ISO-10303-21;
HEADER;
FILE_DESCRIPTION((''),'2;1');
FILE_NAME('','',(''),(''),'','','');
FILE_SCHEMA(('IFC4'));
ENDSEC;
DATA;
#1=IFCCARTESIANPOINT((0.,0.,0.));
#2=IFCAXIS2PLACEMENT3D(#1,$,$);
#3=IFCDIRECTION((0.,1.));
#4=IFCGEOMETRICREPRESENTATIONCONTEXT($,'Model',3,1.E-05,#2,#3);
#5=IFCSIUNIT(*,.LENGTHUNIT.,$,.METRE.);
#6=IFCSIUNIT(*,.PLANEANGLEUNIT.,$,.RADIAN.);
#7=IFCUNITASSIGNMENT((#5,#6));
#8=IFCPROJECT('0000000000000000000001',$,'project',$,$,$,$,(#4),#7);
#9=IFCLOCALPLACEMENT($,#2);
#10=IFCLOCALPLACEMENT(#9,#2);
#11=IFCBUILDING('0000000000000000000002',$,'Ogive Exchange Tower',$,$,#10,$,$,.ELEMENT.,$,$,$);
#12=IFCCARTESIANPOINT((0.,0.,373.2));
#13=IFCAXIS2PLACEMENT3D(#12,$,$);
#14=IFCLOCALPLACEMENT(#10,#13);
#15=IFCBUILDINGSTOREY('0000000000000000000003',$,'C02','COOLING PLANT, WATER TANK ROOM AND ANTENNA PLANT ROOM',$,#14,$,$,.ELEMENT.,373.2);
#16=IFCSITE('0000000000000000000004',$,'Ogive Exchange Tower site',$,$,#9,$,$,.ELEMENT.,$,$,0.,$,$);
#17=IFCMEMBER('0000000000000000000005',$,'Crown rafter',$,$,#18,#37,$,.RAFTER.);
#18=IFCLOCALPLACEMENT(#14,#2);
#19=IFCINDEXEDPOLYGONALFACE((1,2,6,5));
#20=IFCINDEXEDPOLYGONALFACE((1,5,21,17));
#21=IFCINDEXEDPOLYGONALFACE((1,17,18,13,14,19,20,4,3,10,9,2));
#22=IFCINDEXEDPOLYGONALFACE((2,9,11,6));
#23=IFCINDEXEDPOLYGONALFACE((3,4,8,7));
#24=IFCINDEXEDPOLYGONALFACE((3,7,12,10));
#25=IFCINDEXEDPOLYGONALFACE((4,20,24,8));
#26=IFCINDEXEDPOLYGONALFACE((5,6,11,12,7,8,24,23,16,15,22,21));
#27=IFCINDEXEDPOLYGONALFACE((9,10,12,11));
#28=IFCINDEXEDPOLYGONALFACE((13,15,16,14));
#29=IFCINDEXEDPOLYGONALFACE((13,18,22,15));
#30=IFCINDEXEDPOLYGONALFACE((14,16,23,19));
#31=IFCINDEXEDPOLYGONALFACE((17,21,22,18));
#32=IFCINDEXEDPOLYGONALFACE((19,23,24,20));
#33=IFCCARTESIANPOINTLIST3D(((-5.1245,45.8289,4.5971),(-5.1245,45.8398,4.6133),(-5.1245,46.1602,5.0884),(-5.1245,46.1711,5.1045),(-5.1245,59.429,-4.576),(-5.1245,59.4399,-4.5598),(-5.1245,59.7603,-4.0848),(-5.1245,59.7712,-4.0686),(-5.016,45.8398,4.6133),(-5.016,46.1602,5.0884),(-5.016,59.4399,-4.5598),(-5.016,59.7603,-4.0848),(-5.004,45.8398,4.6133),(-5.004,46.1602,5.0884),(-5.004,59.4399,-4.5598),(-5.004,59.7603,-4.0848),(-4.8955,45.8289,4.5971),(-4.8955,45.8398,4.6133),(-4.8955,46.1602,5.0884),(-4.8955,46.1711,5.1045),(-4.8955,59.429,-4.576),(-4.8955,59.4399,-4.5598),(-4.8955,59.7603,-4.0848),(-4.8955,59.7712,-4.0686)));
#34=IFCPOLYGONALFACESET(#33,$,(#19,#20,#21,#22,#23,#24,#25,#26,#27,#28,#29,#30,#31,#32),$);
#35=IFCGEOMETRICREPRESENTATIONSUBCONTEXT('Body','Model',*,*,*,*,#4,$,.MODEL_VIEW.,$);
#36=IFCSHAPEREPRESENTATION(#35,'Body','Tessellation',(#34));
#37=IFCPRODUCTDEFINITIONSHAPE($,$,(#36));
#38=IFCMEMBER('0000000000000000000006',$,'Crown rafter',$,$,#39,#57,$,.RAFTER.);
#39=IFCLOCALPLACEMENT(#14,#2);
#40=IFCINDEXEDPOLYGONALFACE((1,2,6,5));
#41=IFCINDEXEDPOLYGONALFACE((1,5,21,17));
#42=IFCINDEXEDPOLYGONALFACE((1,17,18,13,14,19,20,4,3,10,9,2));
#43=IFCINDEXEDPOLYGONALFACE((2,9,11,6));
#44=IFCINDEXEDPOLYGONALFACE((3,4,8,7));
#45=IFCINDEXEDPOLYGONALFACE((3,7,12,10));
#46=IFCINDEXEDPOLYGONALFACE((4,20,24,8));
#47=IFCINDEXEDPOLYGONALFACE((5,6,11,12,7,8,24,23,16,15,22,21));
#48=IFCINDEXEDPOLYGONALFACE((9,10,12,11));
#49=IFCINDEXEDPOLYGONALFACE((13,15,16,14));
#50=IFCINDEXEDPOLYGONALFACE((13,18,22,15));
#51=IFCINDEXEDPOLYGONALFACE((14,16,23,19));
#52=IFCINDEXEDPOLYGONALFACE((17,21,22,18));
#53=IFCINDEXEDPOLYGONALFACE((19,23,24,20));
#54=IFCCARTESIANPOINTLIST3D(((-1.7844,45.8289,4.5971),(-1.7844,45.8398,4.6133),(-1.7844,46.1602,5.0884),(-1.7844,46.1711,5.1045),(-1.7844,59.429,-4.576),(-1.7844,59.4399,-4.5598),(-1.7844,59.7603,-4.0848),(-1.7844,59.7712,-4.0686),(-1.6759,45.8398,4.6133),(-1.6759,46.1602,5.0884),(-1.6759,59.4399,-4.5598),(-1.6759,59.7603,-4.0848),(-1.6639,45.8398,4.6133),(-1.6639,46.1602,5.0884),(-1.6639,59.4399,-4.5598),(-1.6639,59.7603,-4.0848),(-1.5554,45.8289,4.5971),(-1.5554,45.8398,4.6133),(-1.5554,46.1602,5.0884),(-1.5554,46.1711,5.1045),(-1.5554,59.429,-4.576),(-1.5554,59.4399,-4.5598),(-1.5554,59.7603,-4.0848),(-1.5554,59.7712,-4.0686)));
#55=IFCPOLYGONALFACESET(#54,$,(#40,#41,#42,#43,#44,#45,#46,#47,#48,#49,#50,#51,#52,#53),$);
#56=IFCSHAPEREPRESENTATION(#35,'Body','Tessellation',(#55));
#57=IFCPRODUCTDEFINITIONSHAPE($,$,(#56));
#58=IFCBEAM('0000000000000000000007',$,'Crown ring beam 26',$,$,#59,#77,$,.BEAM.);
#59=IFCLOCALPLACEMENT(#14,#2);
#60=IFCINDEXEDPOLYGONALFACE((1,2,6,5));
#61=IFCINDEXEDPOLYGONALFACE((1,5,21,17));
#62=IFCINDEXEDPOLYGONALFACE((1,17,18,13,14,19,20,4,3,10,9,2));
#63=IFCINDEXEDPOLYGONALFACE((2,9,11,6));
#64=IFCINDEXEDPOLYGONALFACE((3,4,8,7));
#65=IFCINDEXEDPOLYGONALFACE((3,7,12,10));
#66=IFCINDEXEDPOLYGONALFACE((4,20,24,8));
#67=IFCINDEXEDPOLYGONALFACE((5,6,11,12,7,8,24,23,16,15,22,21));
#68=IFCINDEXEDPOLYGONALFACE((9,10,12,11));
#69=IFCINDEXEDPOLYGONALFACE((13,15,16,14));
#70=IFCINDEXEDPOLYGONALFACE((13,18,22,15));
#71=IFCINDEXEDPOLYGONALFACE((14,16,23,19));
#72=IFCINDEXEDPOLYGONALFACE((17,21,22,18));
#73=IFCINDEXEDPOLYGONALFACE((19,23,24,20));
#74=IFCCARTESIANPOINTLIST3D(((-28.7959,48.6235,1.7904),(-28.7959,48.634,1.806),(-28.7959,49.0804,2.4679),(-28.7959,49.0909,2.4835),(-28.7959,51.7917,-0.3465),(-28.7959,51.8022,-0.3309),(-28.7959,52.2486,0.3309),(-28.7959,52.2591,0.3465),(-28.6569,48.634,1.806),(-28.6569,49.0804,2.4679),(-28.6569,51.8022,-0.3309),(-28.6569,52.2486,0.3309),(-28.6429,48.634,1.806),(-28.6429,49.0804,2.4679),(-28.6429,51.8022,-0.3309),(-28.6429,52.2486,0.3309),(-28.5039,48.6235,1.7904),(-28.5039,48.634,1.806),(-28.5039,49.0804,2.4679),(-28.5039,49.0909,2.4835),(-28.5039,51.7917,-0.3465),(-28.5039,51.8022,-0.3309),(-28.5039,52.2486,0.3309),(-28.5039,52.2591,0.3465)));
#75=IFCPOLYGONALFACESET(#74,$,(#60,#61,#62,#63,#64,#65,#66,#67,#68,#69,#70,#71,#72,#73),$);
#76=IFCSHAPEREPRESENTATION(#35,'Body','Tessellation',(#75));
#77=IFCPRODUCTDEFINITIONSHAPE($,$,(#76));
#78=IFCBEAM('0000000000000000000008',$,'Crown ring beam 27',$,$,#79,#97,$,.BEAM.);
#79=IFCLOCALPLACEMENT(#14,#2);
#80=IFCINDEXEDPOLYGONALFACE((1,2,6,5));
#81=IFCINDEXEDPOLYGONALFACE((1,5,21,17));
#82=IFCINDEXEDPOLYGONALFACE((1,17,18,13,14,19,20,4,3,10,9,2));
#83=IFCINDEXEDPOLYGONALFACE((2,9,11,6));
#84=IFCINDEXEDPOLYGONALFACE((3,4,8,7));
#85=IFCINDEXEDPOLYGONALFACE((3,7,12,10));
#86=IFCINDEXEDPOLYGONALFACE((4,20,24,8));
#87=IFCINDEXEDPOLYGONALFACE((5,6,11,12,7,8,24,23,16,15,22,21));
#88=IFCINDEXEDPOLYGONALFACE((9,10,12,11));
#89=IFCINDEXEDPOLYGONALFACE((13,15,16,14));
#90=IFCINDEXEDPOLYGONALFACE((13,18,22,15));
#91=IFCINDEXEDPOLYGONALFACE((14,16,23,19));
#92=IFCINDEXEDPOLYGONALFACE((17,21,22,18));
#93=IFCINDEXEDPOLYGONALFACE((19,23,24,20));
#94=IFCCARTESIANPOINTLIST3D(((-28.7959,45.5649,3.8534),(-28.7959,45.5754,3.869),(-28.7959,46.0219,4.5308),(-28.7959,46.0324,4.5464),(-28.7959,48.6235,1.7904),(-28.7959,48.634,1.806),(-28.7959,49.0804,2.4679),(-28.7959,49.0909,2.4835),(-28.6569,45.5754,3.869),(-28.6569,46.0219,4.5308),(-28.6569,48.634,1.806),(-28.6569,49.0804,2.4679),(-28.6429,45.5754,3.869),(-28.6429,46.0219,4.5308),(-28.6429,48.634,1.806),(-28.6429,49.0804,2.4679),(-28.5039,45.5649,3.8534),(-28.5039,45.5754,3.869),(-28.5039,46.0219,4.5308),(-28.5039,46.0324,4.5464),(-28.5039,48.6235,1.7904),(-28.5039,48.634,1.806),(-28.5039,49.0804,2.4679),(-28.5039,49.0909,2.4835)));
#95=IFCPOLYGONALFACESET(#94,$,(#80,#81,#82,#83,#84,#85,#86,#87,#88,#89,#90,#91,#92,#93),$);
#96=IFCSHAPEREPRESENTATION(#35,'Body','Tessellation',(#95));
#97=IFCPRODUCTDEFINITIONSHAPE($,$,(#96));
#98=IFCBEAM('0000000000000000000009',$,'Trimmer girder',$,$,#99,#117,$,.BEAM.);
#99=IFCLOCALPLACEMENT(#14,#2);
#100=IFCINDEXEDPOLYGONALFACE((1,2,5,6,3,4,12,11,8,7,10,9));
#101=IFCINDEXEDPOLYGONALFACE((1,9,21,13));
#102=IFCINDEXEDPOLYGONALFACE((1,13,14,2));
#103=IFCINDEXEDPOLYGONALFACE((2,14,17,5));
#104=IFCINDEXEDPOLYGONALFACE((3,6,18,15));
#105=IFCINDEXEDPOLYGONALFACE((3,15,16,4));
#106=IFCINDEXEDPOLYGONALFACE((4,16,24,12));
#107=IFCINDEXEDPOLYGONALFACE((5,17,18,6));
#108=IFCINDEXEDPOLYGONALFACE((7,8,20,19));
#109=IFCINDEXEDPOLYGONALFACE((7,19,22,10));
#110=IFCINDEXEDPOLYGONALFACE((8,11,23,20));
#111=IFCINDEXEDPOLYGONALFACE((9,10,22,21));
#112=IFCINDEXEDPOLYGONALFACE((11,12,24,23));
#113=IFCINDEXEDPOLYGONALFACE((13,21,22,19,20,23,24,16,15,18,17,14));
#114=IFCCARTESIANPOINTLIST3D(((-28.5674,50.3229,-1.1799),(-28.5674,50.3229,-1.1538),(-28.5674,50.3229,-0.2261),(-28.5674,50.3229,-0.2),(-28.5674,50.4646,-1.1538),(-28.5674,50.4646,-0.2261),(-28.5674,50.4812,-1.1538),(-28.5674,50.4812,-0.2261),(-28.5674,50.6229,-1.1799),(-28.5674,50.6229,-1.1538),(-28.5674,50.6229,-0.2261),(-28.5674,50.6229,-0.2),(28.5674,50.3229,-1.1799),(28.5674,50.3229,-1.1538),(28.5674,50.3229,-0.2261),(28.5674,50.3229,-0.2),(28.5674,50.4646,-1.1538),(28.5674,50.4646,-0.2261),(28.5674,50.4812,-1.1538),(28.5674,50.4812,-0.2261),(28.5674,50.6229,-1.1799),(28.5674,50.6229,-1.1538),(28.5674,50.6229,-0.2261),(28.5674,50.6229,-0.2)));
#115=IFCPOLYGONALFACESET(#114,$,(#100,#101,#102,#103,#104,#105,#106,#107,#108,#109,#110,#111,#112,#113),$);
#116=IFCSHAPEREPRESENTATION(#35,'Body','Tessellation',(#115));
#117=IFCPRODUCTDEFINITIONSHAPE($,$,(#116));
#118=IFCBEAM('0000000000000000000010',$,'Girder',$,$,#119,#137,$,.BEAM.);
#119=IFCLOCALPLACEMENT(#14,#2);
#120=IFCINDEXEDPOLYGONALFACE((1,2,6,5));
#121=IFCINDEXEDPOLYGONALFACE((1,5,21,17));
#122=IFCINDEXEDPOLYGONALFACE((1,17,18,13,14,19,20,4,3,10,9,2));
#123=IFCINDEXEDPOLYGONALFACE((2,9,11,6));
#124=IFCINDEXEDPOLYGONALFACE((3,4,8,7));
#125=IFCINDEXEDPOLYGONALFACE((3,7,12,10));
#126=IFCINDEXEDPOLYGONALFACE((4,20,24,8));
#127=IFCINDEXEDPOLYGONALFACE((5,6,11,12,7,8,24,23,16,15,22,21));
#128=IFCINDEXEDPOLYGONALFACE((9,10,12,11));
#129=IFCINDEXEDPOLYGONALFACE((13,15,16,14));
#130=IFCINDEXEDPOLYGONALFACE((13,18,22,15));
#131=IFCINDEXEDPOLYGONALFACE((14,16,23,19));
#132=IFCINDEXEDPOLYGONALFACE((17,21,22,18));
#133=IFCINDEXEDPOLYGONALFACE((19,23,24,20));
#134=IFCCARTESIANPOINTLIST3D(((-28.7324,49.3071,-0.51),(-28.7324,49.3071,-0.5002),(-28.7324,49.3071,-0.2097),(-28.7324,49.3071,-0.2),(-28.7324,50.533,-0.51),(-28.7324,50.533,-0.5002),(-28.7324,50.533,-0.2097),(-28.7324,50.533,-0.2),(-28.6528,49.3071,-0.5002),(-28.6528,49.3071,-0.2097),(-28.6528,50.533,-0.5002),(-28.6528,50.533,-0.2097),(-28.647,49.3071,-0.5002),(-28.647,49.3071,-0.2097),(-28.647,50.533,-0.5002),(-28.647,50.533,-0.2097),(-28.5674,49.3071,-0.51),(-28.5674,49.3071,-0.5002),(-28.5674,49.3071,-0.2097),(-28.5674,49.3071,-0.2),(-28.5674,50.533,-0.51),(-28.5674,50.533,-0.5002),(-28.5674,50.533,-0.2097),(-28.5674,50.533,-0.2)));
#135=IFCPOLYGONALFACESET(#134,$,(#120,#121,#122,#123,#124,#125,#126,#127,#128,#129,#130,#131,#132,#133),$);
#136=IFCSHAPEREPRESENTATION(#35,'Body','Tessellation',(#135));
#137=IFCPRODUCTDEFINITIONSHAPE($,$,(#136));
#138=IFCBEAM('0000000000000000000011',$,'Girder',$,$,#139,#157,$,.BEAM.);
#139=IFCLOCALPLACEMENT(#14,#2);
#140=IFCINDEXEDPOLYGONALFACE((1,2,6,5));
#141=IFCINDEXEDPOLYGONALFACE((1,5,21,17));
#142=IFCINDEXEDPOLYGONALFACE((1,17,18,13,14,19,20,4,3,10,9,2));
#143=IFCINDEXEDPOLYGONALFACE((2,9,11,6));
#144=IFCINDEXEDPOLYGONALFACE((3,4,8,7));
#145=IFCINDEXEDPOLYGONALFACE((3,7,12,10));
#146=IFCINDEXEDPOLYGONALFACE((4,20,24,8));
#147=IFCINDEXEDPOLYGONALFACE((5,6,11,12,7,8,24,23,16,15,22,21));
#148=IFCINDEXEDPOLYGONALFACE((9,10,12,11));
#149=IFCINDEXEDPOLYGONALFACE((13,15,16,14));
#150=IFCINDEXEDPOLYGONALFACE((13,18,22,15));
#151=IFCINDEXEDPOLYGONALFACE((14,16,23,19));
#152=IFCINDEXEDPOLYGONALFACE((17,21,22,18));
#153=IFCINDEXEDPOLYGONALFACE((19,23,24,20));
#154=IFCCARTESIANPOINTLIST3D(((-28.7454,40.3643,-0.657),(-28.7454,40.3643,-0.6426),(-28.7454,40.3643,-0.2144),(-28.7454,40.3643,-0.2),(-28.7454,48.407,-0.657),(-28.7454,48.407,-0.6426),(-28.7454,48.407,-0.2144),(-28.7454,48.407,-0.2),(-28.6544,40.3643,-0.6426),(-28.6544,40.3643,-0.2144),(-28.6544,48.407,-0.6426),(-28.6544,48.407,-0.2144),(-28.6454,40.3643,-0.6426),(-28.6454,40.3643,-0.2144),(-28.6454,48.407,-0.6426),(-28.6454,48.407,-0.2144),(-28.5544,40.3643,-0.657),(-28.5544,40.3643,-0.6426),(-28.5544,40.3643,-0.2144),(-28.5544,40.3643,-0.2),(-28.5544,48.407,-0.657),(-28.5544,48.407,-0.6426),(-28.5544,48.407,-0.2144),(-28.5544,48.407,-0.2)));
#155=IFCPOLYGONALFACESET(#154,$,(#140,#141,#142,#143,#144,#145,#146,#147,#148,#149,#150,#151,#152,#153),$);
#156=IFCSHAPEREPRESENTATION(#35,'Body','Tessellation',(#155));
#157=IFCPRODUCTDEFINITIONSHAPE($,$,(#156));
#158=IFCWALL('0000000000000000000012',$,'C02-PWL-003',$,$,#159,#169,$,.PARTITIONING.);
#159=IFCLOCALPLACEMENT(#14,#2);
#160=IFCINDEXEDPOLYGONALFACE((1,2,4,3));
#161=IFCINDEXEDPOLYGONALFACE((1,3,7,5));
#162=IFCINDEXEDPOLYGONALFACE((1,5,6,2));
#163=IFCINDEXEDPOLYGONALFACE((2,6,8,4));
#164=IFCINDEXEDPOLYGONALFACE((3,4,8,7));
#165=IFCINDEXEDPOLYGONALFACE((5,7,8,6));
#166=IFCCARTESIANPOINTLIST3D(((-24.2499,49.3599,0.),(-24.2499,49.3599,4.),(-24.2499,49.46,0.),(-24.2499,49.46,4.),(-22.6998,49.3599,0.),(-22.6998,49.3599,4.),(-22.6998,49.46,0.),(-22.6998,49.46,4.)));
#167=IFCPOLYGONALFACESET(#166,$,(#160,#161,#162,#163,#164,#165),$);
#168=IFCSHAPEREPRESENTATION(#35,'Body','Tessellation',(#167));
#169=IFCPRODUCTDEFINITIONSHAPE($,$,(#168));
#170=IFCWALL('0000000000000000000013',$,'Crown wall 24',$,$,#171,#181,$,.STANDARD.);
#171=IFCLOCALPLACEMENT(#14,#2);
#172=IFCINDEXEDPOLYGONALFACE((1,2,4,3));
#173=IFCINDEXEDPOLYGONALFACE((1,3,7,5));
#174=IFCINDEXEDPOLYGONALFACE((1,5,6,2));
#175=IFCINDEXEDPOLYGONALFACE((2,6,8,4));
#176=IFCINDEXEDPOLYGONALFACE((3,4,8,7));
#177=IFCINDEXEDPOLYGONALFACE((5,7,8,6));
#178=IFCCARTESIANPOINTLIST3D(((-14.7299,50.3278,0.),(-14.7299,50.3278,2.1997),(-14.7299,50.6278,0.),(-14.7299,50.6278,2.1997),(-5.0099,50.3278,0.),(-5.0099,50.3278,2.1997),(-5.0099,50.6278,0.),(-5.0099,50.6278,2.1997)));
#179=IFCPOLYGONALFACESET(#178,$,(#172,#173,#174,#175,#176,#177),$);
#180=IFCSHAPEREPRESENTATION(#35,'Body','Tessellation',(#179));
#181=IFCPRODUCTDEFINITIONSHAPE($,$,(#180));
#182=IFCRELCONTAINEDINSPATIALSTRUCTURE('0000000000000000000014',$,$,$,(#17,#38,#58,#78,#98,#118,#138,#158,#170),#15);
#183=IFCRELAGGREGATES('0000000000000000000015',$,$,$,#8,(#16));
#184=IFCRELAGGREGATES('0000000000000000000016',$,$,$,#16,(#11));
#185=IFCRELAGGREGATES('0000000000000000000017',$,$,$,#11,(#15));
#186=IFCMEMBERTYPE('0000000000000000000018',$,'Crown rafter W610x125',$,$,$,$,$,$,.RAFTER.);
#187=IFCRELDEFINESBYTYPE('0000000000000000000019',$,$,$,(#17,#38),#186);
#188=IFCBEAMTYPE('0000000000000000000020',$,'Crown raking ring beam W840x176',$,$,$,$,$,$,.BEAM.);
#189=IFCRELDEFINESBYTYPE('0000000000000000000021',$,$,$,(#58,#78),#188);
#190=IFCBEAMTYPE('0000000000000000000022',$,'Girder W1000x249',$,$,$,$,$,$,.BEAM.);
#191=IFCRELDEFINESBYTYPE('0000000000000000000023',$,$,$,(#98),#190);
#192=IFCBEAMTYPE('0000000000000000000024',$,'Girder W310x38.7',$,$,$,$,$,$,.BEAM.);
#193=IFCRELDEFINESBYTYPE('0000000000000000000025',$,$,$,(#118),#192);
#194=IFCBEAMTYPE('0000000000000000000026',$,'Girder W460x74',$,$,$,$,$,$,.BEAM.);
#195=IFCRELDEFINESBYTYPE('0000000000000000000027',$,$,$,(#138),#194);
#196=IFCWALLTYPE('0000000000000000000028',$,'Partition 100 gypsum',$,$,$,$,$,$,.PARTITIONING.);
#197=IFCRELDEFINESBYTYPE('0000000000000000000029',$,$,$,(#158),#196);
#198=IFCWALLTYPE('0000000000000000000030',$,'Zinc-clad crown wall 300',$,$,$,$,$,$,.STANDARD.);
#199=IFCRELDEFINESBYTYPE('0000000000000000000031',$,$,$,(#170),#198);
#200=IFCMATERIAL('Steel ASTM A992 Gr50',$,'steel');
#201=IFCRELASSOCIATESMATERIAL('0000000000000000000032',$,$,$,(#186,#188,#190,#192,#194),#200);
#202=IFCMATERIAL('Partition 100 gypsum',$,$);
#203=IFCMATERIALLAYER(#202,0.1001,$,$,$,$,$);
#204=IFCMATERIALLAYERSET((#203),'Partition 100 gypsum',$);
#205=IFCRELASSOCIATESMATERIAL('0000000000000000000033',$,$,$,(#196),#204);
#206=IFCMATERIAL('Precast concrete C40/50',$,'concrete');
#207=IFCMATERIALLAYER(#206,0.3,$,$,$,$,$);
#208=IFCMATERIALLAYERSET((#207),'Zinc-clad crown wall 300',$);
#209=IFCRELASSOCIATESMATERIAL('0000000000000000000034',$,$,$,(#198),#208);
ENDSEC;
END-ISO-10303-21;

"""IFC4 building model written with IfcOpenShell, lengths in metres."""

from ifc_helpers import new_model, si_unit, direction, frame, frame_2d, origin, origin_2d, place, context, subcontext, project, spatial, rectangle, i_section, extrude, material, layer, layer_set, material_profile, profile_set, type_object, element, save


model = new_model("IFC4")

# Units and contexts
model_context = context("Model", 3, precision=1e-05, world=origin(), true_north=direction((0.0, 1.0)))
body_context = subcontext(model_context, "Body", "Model", "MODEL_VIEW")
ifc_project = project(units=[si_unit("LENGTHUNIT", "METRE"), si_unit("PLANEANGLEUNIT", "RADIAN")], contexts=[model_context])

# Site, building, storey
site_placement = place(None, origin())
site = spatial("IfcSite", under=ifc_project, at=site_placement, Name="Ogive Exchange Tower site", CompositionType="ELEMENT", RefElevation=0.0)
building_placement = place(site_placement, origin())
building = spatial("IfcBuilding", under=site, at=building_placement, Name="Ogive Exchange Tower", CompositionType="ELEMENT")
storey_placement = place(building_placement, frame((0.0, 0.0, 373.2)))
storey = spatial("IfcBuildingStorey", under=building, at=storey_placement, Name="C02", Description="COOLING PLANT, WATER TANK ROOM AND ANTENNA PLANT ROOM", CompositionType="ELEMENT", Elevation=373.2)

# Shared definitions
ifc_material_1 = material(Name="Steel ASTM A992 Gr50", Category="steel")

# Members
ifc_material_profile_1 = material_profile(ifc_material_1, i_section(OverallWidth=0.229, OverallDepth=0.6121, WebThickness=0.012, FlangeThickness=0.0195, at=origin_2d()), Name="W610x125")
ifc_profile_set_1 = profile_set([ifc_material_profile_1], Name="Steel ASTM A992 Gr50")
member_type = type_object("IfcMemberType", Name="Crown rafter W610x125", PredefinedType="RAFTER", material=ifc_profile_set_1)
for number, where, z_axis, x_axis, name in (
    (1, (-5.01, 46.0, 4.8508), (0.0, 0.829046, -0.559181), (-1.0, 0.0, 0.0), "Crown rafter"),
    (2, (-1.6699, 46.0, 4.8508), (0.0, 0.829046, -0.559181), (-1.0, 0.0, 0.0), "Crown rafter"),
):
    element("IfcMember", number, at=place(storey_placement, frame(where, z_axis=z_axis, x_axis=x_axis)), inside=storey, type_object=member_type, Name=name, PredefinedType="RAFTER", context=body_context, shape_type="SweptSolid", body=[
        extrude(i_section(OverallWidth=0.229, OverallDepth=0.6121, WebThickness=0.012, FlangeThickness=0.0195, at=origin_2d()), origin(), (0.0, 0.0, 1.0), 16.4045),
    ])

# Beams
ifc_material_profile_2 = material_profile(ifc_material_1, i_section(OverallWidth=0.292, OverallDepth=0.8359, WebThickness=0.0139, FlangeThickness=0.0188, at=origin_2d()), Name="W840x176")
ifc_profile_set_2 = profile_set([ifc_material_profile_2], Name="Steel ASTM A992 Gr50")
beam_type_1 = type_object("IfcBeamType", Name="Crown raking ring beam W840x176", PredefinedType="BEAM", material=ifc_profile_set_2)
beam_1_placement = place(storey_placement, frame((-28.6499, 52.0254, 0.0), z_axis=(0.0, -0.82904, 0.559189), x_axis=(1.0, 0.0, 0.0)))
element("IfcBeam", 3, at=beam_1_placement, inside=storey, type_object=beam_type_1, Name="Crown ring beam 26", PredefinedType="BEAM", context=body_context, shape_type="SweptSolid", body=[
    extrude(i_section(OverallWidth=0.292, OverallDepth=0.8359, WebThickness=0.0139, FlangeThickness=0.0188, at=origin_2d()), origin(), (0.0, 0.0, 1.0), 3.8215),
])
beam_2_placement = place(storey_placement, frame((-28.6499, 48.8572, 2.137), z_axis=(0.0, -0.829045, 0.559182), x_axis=(1.0, 0.0, 0.0)))
element("IfcBeam", 4, at=beam_2_placement, inside=storey, type_object=beam_type_1, Name="Crown ring beam 27", PredefinedType="BEAM", context=body_context, shape_type="SweptSolid", body=[
    extrude(i_section(OverallWidth=0.292, OverallDepth=0.8359, WebThickness=0.0139, FlangeThickness=0.0188, at=origin_2d()), origin(), (0.0, 0.0, 1.0), 3.6892),
])
ifc_material_profile_3 = material_profile(ifc_material_1, i_section(OverallWidth=0.3, OverallDepth=0.98, WebThickness=0.0166, FlangeThickness=0.0261, at=origin_2d()), Name="W1000x249")
ifc_profile_set_3 = profile_set([ifc_material_profile_3], Name="Steel ASTM A992 Gr50")
beam_type_2 = type_object("IfcBeamType", Name="Girder W1000x249", PredefinedType="BEAM", material=ifc_profile_set_3)
beam_3_placement = place(storey_placement, frame((-28.5674, 50.4729, -0.6899), z_axis=(1.0, 0.0, 0.0), x_axis=(0.0, 1.0, 0.0)))
element("IfcBeam", 5, at=beam_3_placement, inside=storey, type_object=beam_type_2, Name="Trimmer girder", PredefinedType="BEAM", context=body_context, shape_type="SweptSolid", body=[
    extrude(i_section(OverallWidth=0.3, OverallDepth=0.98, WebThickness=0.0166, FlangeThickness=0.0261, at=origin_2d()), origin(), (0.0, 0.0, 1.0), 57.1348),
])
ifc_material_profile_4 = material_profile(ifc_material_1, i_section(OverallWidth=0.165, OverallDepth=0.3101, WebThickness=0.0059, FlangeThickness=0.0098, at=origin_2d()), Name="W310x38.7")
ifc_profile_set_4 = profile_set([ifc_material_profile_4], Name="Steel ASTM A992 Gr50")
beam_type_3 = type_object("IfcBeamType", Name="Girder W310x38.7", PredefinedType="BEAM", material=ifc_profile_set_4)
beam_4_placement = place(storey_placement, frame((-28.6499, 50.533, -0.355), z_axis=(0.0, -1.0, 0.0), x_axis=(1.0, 0.0, 0.0)))
element("IfcBeam", 6, at=beam_4_placement, inside=storey, type_object=beam_type_3, Name="Girder", PredefinedType="BEAM", context=body_context, shape_type="SweptSolid", body=[
    extrude(i_section(OverallWidth=0.165, OverallDepth=0.3101, WebThickness=0.0059, FlangeThickness=0.0098, at=origin_2d()), origin(), (0.0, 0.0, 1.0), 1.2258),
])
ifc_material_profile_5 = material_profile(ifc_material_1, i_section(OverallWidth=0.1909, OverallDepth=0.457, WebThickness=0.009, FlangeThickness=0.0144, at=origin_2d()), Name="W460x74")
ifc_profile_set_5 = profile_set([ifc_material_profile_5], Name="Steel ASTM A992 Gr50")
beam_type_4 = type_object("IfcBeamType", Name="Girder W460x74", PredefinedType="BEAM", material=ifc_profile_set_5)
beam_5_placement = place(storey_placement, frame((-28.6499, 48.407, -0.4285), z_axis=(0.0, -1.0, 0.0), x_axis=(1.0, 0.0, 0.0)))
element("IfcBeam", 7, at=beam_5_placement, inside=storey, type_object=beam_type_4, Name="Girder", PredefinedType="BEAM", context=body_context, shape_type="SweptSolid", body=[
    extrude(i_section(OverallWidth=0.1909, OverallDepth=0.457, WebThickness=0.009, FlangeThickness=0.0144, at=origin_2d()), origin(), (0.0, 0.0, 1.0), 8.0427),
])

# Walls
ifc_material_2 = material(Name="Partition 100 gypsum")
ifc_layer_1 = layer(ifc_material_2, 0.1001)
ifc_layer_set_1 = layer_set([ifc_layer_1], Name="Partition 100 gypsum")
wall_type_1 = type_object("IfcWallType", Name="Partition 100 gypsum", PredefinedType="PARTITIONING", material=ifc_layer_set_1)
wall_1_placement = place(storey_placement, frame((-22.7, 49.4099, 0.0), z_axis=(0.0, 0.0, 1.0), x_axis=(-1.0, 0.0, 0.0)))
element("IfcWall", 8, at=wall_1_placement, inside=storey, type_object=wall_type_1, Name="C02-PWL-003", PredefinedType="PARTITIONING", context=body_context, shape_type="SweptSolid", body=[
    extrude(rectangle(XDim=1.55, YDim=0.1001, at=frame_2d((0.7749, 0.0))), origin(), (0.0, 0.0, 1.0), 4.0),
])
ifc_material_3 = material(Name="Precast concrete C40/50", Category="concrete")
ifc_layer_2 = layer(ifc_material_3, 0.3)
ifc_layer_set_2 = layer_set([ifc_layer_2], Name="Zinc-clad crown wall 300")
wall_type_2 = type_object("IfcWallType", Name="Zinc-clad crown wall 300", PredefinedType="STANDARD", material=ifc_layer_set_2)
for number, where, z_axis, x_axis, name in (
    (9, (-5.01, 50.4778, 0.0), (0.0, 0.0, 1.0), (-1.0, 0.0, 0.0), "Crown wall 24"),
):
    element("IfcWall", number, at=place(storey_placement, frame(where, z_axis=z_axis, x_axis=x_axis)), inside=storey, type_object=wall_type_2, Name=name, PredefinedType="STANDARD", context=body_context, shape_type="SweptSolid", body=[
        extrude(rectangle(XDim=9.72, YDim=0.3, at=frame_2d((4.8599, 0.0))), origin(), (0.0, 0.0, 1.0), 2.1997),
    ])

save(model, "model.ifc")
